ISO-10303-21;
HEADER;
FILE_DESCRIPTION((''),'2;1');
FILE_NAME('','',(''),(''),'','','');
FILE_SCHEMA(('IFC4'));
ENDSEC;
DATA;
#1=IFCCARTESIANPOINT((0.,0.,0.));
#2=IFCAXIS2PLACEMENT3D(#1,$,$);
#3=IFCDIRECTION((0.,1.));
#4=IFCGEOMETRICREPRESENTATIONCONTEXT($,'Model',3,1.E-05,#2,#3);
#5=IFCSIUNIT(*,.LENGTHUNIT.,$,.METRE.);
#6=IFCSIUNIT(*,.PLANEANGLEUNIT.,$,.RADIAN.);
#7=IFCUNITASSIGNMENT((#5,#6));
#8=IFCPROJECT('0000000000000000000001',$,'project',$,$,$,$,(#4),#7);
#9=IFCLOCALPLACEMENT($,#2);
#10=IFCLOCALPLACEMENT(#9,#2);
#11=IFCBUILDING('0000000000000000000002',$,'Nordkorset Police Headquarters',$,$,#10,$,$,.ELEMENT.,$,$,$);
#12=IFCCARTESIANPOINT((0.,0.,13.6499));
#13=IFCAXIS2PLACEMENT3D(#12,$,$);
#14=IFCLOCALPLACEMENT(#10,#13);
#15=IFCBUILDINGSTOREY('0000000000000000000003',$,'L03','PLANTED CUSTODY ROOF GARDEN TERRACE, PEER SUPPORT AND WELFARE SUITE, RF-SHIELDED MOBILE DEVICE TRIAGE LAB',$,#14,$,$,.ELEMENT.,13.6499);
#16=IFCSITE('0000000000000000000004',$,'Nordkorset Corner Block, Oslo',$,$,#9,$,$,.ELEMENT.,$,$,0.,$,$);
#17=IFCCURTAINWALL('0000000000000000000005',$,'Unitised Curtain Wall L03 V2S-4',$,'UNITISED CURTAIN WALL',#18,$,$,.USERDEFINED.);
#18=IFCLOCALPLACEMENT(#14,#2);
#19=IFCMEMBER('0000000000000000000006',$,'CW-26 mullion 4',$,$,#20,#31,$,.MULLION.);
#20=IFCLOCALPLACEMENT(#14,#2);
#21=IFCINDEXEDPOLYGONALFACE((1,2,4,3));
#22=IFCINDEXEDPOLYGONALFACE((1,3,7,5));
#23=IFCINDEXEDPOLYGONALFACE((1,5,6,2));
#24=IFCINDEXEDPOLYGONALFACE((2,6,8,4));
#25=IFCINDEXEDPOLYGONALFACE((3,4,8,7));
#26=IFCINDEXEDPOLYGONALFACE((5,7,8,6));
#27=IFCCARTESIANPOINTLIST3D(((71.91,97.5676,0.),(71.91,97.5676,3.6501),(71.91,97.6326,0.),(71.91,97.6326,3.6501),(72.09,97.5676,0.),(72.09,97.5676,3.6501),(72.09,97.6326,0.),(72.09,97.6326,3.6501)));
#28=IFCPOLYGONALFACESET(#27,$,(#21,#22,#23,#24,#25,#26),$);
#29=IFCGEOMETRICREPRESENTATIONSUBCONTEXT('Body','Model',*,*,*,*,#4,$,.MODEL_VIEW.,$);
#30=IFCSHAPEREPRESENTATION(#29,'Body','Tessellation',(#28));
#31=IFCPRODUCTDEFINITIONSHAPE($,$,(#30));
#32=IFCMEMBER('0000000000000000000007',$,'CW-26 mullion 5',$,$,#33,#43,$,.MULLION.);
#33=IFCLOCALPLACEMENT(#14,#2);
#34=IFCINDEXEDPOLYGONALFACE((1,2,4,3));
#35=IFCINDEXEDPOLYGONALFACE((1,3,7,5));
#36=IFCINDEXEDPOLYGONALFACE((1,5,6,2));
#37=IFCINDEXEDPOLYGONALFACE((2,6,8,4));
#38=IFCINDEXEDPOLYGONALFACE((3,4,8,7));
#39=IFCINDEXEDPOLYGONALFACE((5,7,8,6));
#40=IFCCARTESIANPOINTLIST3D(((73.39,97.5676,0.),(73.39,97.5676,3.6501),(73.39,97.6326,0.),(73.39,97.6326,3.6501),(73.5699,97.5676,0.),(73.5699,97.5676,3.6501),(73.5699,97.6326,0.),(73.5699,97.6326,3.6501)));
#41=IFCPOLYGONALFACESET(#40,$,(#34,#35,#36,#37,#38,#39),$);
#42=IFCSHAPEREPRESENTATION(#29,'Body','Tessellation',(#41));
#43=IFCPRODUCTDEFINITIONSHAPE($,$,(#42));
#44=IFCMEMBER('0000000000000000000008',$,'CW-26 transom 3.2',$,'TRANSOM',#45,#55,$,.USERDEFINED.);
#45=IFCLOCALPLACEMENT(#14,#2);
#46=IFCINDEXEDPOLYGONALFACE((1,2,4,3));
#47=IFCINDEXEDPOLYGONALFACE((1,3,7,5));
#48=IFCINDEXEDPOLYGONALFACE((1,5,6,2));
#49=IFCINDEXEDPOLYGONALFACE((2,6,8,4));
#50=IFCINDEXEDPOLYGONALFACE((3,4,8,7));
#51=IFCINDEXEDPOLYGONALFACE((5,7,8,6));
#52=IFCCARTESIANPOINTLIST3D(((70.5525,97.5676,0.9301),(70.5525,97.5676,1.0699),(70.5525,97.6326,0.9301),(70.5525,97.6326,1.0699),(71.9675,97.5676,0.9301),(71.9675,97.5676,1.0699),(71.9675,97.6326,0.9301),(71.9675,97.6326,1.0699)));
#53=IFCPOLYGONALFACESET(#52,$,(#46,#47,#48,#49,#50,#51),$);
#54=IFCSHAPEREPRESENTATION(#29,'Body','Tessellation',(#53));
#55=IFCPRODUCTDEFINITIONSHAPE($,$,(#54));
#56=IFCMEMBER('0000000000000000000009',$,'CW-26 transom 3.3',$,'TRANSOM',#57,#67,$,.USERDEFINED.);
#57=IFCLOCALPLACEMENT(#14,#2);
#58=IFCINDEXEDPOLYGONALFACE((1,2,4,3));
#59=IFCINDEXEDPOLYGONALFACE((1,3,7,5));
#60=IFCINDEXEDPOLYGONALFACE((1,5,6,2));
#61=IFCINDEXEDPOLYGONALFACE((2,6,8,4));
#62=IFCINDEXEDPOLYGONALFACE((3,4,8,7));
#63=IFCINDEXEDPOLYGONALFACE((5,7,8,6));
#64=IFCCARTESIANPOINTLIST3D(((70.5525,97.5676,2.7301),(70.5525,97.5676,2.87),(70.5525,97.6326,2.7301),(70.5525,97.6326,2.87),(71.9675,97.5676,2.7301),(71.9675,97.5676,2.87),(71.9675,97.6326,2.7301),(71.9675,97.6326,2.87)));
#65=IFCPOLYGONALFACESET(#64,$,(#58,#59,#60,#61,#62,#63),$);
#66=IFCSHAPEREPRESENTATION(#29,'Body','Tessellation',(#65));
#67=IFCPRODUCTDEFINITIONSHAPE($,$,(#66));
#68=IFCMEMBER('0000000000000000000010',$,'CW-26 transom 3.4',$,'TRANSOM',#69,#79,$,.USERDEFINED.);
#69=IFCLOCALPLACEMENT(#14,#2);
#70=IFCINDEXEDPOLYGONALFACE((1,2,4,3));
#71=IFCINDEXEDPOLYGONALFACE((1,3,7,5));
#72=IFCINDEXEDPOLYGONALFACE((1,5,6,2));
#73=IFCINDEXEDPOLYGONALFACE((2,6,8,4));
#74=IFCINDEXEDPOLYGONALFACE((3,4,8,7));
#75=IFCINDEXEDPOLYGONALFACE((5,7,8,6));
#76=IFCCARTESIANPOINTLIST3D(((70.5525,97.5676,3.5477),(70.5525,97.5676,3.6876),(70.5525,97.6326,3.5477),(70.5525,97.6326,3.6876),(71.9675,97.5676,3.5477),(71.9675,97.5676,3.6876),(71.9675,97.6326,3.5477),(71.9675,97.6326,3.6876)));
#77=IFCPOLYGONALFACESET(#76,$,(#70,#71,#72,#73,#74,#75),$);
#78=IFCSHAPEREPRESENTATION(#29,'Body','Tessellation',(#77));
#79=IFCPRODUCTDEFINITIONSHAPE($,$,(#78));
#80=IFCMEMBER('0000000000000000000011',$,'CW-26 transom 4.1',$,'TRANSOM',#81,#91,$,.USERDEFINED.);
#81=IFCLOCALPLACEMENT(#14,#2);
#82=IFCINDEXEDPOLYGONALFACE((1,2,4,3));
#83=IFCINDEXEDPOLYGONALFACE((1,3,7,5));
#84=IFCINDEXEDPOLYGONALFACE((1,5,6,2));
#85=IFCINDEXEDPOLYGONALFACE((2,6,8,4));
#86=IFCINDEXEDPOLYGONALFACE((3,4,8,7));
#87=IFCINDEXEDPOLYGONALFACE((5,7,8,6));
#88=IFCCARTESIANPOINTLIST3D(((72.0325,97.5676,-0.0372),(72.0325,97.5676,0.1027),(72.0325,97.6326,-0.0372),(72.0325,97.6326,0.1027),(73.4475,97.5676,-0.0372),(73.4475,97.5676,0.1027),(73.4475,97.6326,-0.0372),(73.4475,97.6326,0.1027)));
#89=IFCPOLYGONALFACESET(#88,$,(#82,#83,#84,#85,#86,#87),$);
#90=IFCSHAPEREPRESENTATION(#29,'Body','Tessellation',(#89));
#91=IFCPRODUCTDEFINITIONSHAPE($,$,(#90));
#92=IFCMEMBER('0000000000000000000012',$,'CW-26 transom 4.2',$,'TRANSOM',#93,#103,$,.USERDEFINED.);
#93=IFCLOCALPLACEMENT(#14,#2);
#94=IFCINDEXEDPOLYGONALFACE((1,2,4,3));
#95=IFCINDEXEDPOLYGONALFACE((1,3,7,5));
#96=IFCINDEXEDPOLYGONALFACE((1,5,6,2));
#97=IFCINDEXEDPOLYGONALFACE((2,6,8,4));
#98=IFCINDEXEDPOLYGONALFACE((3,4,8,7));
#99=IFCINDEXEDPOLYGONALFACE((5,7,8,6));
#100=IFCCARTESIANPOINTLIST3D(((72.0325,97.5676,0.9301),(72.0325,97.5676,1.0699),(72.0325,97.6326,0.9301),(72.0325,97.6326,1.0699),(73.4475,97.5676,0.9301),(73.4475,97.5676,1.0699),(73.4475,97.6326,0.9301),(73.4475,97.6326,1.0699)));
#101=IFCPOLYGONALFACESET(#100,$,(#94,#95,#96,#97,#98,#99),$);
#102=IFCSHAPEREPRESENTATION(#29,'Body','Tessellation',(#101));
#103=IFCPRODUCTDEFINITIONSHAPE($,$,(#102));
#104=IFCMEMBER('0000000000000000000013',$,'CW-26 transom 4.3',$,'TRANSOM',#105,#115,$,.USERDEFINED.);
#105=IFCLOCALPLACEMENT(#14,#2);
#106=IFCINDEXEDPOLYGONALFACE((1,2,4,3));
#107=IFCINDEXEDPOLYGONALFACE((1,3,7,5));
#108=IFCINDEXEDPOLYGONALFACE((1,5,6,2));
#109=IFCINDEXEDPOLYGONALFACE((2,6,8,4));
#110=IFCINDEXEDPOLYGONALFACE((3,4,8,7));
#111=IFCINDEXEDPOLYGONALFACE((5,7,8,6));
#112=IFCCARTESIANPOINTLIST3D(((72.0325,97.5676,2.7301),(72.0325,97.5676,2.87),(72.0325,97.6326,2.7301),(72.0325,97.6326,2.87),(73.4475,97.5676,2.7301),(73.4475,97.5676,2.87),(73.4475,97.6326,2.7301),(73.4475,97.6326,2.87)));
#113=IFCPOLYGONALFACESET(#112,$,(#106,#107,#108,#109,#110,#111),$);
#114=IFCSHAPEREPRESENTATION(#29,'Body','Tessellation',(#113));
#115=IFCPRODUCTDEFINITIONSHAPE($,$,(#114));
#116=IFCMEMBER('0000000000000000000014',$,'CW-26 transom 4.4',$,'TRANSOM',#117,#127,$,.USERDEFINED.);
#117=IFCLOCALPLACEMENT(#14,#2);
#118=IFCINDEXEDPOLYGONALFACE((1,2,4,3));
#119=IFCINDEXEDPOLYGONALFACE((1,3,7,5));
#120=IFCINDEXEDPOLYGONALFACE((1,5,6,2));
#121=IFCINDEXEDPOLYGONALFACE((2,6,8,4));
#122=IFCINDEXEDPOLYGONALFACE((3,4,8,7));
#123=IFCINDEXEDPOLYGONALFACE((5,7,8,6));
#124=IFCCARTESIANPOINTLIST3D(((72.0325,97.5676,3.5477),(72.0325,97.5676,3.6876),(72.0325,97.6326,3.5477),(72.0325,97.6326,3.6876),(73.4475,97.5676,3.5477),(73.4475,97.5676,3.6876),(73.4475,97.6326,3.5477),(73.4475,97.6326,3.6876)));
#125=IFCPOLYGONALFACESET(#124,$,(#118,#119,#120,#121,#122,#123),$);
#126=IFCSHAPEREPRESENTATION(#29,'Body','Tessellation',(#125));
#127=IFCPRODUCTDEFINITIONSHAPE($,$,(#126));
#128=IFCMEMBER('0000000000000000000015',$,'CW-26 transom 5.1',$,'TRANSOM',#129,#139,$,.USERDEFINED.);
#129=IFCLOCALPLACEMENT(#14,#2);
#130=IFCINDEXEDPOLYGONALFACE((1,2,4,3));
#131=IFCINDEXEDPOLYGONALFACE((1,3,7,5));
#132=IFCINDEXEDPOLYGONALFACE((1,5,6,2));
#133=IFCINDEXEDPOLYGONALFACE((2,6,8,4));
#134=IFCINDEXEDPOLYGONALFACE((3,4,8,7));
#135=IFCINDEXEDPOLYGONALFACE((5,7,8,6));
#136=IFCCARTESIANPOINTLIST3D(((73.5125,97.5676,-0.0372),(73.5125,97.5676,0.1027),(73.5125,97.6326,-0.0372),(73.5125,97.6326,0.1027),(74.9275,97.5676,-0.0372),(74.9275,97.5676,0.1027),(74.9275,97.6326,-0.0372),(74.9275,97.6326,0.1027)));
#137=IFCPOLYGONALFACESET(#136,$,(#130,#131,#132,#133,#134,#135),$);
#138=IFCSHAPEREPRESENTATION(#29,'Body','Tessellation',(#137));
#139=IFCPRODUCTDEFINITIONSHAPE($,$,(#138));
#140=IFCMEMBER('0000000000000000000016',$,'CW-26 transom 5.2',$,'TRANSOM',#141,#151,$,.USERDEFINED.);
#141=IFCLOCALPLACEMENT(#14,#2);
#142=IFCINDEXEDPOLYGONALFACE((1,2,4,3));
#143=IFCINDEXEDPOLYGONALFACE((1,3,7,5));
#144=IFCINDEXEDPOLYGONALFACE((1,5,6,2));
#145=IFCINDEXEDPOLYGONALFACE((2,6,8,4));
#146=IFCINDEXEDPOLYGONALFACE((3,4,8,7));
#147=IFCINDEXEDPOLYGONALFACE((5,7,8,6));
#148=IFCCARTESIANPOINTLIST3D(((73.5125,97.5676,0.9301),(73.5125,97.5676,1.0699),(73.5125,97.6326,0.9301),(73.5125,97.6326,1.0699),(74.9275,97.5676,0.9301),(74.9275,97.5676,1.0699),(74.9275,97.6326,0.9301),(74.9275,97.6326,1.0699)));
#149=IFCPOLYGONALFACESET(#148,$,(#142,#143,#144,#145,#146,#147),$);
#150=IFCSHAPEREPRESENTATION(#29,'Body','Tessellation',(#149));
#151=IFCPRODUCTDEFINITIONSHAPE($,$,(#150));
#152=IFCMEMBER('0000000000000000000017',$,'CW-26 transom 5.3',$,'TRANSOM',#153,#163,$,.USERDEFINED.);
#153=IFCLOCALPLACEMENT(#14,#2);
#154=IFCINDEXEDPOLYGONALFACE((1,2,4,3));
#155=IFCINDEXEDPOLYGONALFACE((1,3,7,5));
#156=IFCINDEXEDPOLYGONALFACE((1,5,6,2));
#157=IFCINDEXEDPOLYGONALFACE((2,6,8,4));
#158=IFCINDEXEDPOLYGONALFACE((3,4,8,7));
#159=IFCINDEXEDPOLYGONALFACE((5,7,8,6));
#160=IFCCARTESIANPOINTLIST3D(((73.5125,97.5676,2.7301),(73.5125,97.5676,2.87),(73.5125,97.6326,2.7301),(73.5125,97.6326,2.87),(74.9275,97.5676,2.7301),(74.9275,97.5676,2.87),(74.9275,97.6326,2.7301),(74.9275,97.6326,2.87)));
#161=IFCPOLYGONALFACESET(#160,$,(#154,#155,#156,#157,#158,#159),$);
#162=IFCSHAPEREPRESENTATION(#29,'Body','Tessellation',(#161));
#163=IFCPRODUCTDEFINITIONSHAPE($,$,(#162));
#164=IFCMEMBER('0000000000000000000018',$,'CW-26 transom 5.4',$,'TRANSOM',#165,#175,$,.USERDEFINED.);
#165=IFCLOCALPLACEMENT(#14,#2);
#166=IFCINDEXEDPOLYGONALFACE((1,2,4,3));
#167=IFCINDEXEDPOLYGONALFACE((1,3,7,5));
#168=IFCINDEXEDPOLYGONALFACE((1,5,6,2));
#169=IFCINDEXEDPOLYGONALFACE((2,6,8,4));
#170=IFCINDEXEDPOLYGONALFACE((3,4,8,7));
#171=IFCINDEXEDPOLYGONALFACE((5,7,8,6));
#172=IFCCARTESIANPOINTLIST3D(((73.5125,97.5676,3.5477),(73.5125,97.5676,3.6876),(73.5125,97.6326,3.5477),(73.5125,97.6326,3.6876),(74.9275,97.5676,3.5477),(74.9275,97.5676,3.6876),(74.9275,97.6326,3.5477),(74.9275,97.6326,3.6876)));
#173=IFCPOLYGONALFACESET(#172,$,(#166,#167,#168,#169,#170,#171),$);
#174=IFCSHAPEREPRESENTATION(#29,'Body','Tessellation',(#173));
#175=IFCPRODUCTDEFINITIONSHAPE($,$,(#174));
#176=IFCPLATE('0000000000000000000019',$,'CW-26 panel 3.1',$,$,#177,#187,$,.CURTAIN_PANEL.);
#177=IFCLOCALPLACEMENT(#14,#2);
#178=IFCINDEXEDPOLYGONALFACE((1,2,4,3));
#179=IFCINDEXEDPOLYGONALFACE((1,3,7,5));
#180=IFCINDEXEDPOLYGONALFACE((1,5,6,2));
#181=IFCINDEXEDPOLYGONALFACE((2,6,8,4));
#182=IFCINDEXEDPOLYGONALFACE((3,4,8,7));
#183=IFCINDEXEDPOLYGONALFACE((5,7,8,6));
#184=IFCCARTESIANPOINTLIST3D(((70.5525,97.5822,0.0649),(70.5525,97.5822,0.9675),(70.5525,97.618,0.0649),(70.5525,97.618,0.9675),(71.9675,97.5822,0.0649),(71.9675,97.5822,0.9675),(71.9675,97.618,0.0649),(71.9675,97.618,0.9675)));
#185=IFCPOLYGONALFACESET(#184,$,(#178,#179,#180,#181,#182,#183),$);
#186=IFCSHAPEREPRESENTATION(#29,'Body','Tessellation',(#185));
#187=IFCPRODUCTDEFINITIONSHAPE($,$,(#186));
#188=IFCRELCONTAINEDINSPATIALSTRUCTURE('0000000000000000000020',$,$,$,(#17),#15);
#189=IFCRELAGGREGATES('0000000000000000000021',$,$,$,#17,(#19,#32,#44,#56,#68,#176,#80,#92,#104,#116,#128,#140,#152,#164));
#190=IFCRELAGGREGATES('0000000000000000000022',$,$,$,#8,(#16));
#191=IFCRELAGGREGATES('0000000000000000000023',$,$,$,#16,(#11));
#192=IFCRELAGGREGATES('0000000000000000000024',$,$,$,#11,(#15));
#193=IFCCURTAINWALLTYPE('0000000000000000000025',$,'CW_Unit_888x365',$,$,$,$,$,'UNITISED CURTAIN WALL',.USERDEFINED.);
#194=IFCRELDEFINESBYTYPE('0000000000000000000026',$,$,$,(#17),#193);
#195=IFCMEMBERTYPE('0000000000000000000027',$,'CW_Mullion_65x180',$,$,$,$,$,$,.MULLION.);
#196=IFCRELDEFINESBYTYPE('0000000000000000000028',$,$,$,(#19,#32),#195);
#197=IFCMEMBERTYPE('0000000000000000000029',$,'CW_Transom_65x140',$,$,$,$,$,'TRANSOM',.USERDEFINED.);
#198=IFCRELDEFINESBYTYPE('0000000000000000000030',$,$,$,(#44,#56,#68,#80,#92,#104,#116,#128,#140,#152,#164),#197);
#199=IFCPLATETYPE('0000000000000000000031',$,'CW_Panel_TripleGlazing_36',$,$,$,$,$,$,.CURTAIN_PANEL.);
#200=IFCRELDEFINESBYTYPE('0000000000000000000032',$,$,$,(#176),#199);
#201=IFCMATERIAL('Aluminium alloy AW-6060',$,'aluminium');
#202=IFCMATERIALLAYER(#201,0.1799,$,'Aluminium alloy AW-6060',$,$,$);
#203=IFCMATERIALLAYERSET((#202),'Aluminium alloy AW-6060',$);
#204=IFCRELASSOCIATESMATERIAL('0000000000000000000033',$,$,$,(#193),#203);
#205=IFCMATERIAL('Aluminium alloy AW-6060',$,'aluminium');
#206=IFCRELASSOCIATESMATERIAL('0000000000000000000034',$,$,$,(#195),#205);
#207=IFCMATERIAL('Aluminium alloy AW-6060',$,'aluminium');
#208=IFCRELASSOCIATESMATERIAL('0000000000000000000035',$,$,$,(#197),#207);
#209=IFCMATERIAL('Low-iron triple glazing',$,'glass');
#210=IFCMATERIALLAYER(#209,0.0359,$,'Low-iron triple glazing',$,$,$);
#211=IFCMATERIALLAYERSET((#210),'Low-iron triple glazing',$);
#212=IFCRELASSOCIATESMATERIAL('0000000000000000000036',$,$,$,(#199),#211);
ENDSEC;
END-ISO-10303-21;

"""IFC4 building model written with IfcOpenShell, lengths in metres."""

from ifc_helpers import new_model, si_unit, direction, frame, origin, origin_2d, place, context, subcontext, project, spatial, rectangle, extrude, material, layer, layer_set, material_profile, profile_set, type_object, element, aggregate, save


model = new_model("IFC4")

# Units and contexts
model_context = context("Model", 3, precision=1e-05, world=origin(), true_north=direction((0.0, 1.0)))
body_context = subcontext(model_context, "Body", "Model", "MODEL_VIEW")
ifc_project = project(units=[si_unit("LENGTHUNIT", "METRE"), si_unit("PLANEANGLEUNIT", "RADIAN")], contexts=[model_context])

# Site, building, storey
site_placement = place(None, origin())
site = spatial("IfcSite", under=ifc_project, at=site_placement, Name="Nordkorset Corner Block, Oslo", CompositionType="ELEMENT", RefElevation=0.0)
building_placement = place(site_placement, origin())
building = spatial("IfcBuilding", under=site, at=building_placement, Name="Nordkorset Police Headquarters", CompositionType="ELEMENT")
storey_placement = place(building_placement, frame((0.0, 0.0, 13.6499)))
storey = spatial("IfcBuildingStorey", under=building, at=storey_placement, Name="L03", Description="PLANTED CUSTODY ROOF GARDEN TERRACE, PEER SUPPORT AND WELFARE SUITE, RF-SHIELDED MOBILE DEVICE TRIAGE LAB", CompositionType="ELEMENT", Elevation=13.6499)

# Curtain wall, members, plate
ifc_material_1 = material(Name="Aluminium alloy AW-6060", Category="aluminium")
ifc_layer_1 = layer(ifc_material_1, 0.1799, Name="Aluminium alloy AW-6060")
ifc_layer_set_1 = layer_set([ifc_layer_1], Name="Aluminium alloy AW-6060")
curtain_wall_type = type_object("IfcCurtainWallType", Name="CW_Unit_888x365", ElementType="UNITISED CURTAIN WALL", PredefinedType="USERDEFINED", material=ifc_layer_set_1)
curtain_wall_placement = place(storey_placement, origin())
curtain_wall = element("IfcCurtainWall", 1, at=curtain_wall_placement, inside=storey, type_object=curtain_wall_type, Name="Unitised Curtain Wall L03 V2S-4", ObjectType="UNITISED CURTAIN WALL", PredefinedType="USERDEFINED")
ifc_material_2 = material(Name="Aluminium alloy AW-6060", Category="aluminium")
ifc_material_profile_1 = material_profile(ifc_material_2, rectangle(XDim=0.0649, YDim=0.1799, at=origin_2d()), Name="ALU MULL 65x180")
ifc_profile_set_1 = profile_set([ifc_material_profile_1], Name="Aluminium alloy AW-6060")
member_type_1 = type_object("IfcMemberType", Name="CW_Mullion_65x180", PredefinedType="MULLION", material=ifc_profile_set_1)
member_1_placement = place(storey_placement, frame((72.0, 97.6001, 0.0), z_axis=(0.0, 0.0, 1.0), x_axis=(0.0, 1.0, 0.0)))
member_1 = element("IfcMember", 2, at=member_1_placement, type_object=member_type_1, Name="CW-26 mullion 4", PredefinedType="MULLION", context=body_context, shape_type="SweptSolid", body=[
    extrude(rectangle(XDim=0.0649, YDim=0.1799, at=origin_2d()), origin(), (0.0, 0.0, 1.0), 3.6501),
])
member_2_placement = place(storey_placement, frame((73.48, 97.6001, 0.0), z_axis=(0.0, 0.0, 1.0), x_axis=(0.0, 1.0, 0.0)))
member_2 = element("IfcMember", 3, at=member_2_placement, type_object=member_type_1, Name="CW-26 mullion 5", PredefinedType="MULLION", context=body_context, shape_type="SweptSolid", body=[
    extrude(rectangle(XDim=0.0649, YDim=0.1799, at=origin_2d()), origin(), (0.0, 0.0, 1.0), 3.6501),
])
ifc_material_3 = material(Name="Aluminium alloy AW-6060", Category="aluminium")
ifc_material_profile_2 = material_profile(ifc_material_3, rectangle(XDim=0.0649, YDim=0.1399, at=origin_2d()), Name="ALU TRAN 65x140")
ifc_profile_set_2 = profile_set([ifc_material_profile_2], Name="Aluminium alloy AW-6060")
member_type_2 = type_object("IfcMemberType", Name="CW_Transom_65x140", ElementType="TRANSOM", PredefinedType="USERDEFINED", material=ifc_profile_set_2)
member_3_placement = place(storey_placement, frame((70.5525, 97.6001, 1.0), z_axis=(1.0, 0.0, 0.0), x_axis=(0.0, 1.0, 0.0)))
member_3 = element("IfcMember", 4, at=member_3_placement, type_object=member_type_2, Name="CW-26 transom 3.2", ObjectType="TRANSOM", PredefinedType="USERDEFINED", context=body_context, shape_type="SweptSolid", body=[
    extrude(rectangle(XDim=0.0649, YDim=0.1399, at=origin_2d()), origin(), (0.0, 0.0, 1.0), 1.415),
])
member_4_placement = place(storey_placement, frame((70.5525, 97.6001, 2.8), z_axis=(1.0, 0.0, 0.0), x_axis=(0.0, 1.0, 0.0)))
member_4 = element("IfcMember", 5, at=member_4_placement, type_object=member_type_2, Name="CW-26 transom 3.3", ObjectType="TRANSOM", PredefinedType="USERDEFINED", context=body_context, shape_type="SweptSolid", body=[
    extrude(rectangle(XDim=0.0649, YDim=0.1399, at=origin_2d()), origin(), (0.0, 0.0, 1.0), 1.415),
])
member_5_placement = place(storey_placement, frame((70.5525, 97.6001, 3.6177), z_axis=(1.0, 0.0, 0.0), x_axis=(0.0, 1.0, 0.0)))
member_5 = element("IfcMember", 6, at=member_5_placement, type_object=member_type_2, Name="CW-26 transom 3.4", ObjectType="TRANSOM", PredefinedType="USERDEFINED", context=body_context, shape_type="SweptSolid", body=[
    extrude(rectangle(XDim=0.0649, YDim=0.1399, at=origin_2d()), origin(), (0.0, 0.0, 1.0), 1.415),
])
member_6_placement = place(storey_placement, frame((72.0325, 97.6001, 0.0327), z_axis=(1.0, 0.0, 0.0), x_axis=(0.0, 1.0, 0.0)))
member_6 = element("IfcMember", 7, at=member_6_placement, type_object=member_type_2, Name="CW-26 transom 4.1", ObjectType="TRANSOM", PredefinedType="USERDEFINED", context=body_context, shape_type="SweptSolid", body=[
    extrude(rectangle(XDim=0.0649, YDim=0.1399, at=origin_2d()), origin(), (0.0, 0.0, 1.0), 1.415),
])
member_7_placement = place(storey_placement, frame((72.0325, 97.6001, 1.0), z_axis=(1.0, 0.0, 0.0), x_axis=(0.0, 1.0, 0.0)))
member_7 = element("IfcMember", 8, at=member_7_placement, type_object=member_type_2, Name="CW-26 transom 4.2", ObjectType="TRANSOM", PredefinedType="USERDEFINED", context=body_context, shape_type="SweptSolid", body=[
    extrude(rectangle(XDim=0.0649, YDim=0.1399, at=origin_2d()), origin(), (0.0, 0.0, 1.0), 1.415),
])
member_8_placement = place(storey_placement, frame((72.0325, 97.6001, 2.8), z_axis=(1.0, 0.0, 0.0), x_axis=(0.0, 1.0, 0.0)))
member_8 = element("IfcMember", 9, at=member_8_placement, type_object=member_type_2, Name="CW-26 transom 4.3", ObjectType="TRANSOM", PredefinedType="USERDEFINED", context=body_context, shape_type="SweptSolid", body=[
    extrude(rectangle(XDim=0.0649, YDim=0.1399, at=origin_2d()), origin(), (0.0, 0.0, 1.0), 1.415),
])
member_9_placement = place(storey_placement, frame((72.0325, 97.6001, 3.6177), z_axis=(1.0, 0.0, 0.0), x_axis=(0.0, 1.0, 0.0)))
member_9 = element("IfcMember", 10, at=member_9_placement, type_object=member_type_2, Name="CW-26 transom 4.4", ObjectType="TRANSOM", PredefinedType="USERDEFINED", context=body_context, shape_type="SweptSolid", body=[
    extrude(rectangle(XDim=0.0649, YDim=0.1399, at=origin_2d()), origin(), (0.0, 0.0, 1.0), 1.415),
])
member_10_placement = place(storey_placement, frame((73.5125, 97.6001, 0.0327), z_axis=(1.0, 0.0, 0.0), x_axis=(0.0, 1.0, 0.0)))
member_10 = element("IfcMember", 11, at=member_10_placement, type_object=member_type_2, Name="CW-26 transom 5.1", ObjectType="TRANSOM", PredefinedType="USERDEFINED", context=body_context, shape_type="SweptSolid", body=[
    extrude(rectangle(XDim=0.0649, YDim=0.1399, at=origin_2d()), origin(), (0.0, 0.0, 1.0), 1.415),
])
member_11_placement = place(storey_placement, frame((73.5125, 97.6001, 1.0), z_axis=(1.0, 0.0, 0.0), x_axis=(0.0, 1.0, 0.0)))
member_11 = element("IfcMember", 12, at=member_11_placement, type_object=member_type_2, Name="CW-26 transom 5.2", ObjectType="TRANSOM", PredefinedType="USERDEFINED", context=body_context, shape_type="SweptSolid", body=[
    extrude(rectangle(XDim=0.0649, YDim=0.1399, at=origin_2d()), origin(), (0.0, 0.0, 1.0), 1.415),
])
member_12_placement = place(storey_placement, frame((73.5125, 97.6001, 2.8), z_axis=(1.0, 0.0, 0.0), x_axis=(0.0, 1.0, 0.0)))
member_12 = element("IfcMember", 13, at=member_12_placement, type_object=member_type_2, Name="CW-26 transom 5.3", ObjectType="TRANSOM", PredefinedType="USERDEFINED", context=body_context, shape_type="SweptSolid", body=[
    extrude(rectangle(XDim=0.0649, YDim=0.1399, at=origin_2d()), origin(), (0.0, 0.0, 1.0), 1.415),
])
member_13_placement = place(storey_placement, frame((73.5125, 97.6001, 3.6177), z_axis=(1.0, 0.0, 0.0), x_axis=(0.0, 1.0, 0.0)))
member_13 = element("IfcMember", 14, at=member_13_placement, type_object=member_type_2, Name="CW-26 transom 5.4", ObjectType="TRANSOM", PredefinedType="USERDEFINED", context=body_context, shape_type="SweptSolid", body=[
    extrude(rectangle(XDim=0.0649, YDim=0.1399, at=origin_2d()), origin(), (0.0, 0.0, 1.0), 1.415),
])
ifc_material_4 = material(Name="Low-iron triple glazing", Category="glass")
ifc_layer_2 = layer(ifc_material_4, 0.0359, Name="Low-iron triple glazing")
ifc_layer_set_2 = layer_set([ifc_layer_2], Name="Low-iron triple glazing")
plate_type = type_object("IfcPlateType", Name="CW_Panel_TripleGlazing_36", PredefinedType="CURTAIN_PANEL", material=ifc_layer_set_2)
plate_1_placement = place(storey_placement, frame((71.26, 97.6001, 0.0649), z_axis=(0.0, 0.0, 1.0), x_axis=(1.0, 0.0, 0.0)))
plate_1 = element("IfcPlate", 15, at=plate_1_placement, type_object=plate_type, Name="CW-26 panel 3.1", PredefinedType="CURTAIN_PANEL", context=body_context, shape_type="SweptSolid", body=[
    extrude(rectangle(XDim=1.415, YDim=0.0359, at=origin_2d()), origin(), (0.0, 0.0, 1.0), 0.9026),
])
aggregate(curtain_wall, [member_1, member_2, member_3, member_4, member_5, plate_1, member_6, member_7, member_8, member_9, member_10, member_11, member_12, member_13])

save(model, "model.ifc")
